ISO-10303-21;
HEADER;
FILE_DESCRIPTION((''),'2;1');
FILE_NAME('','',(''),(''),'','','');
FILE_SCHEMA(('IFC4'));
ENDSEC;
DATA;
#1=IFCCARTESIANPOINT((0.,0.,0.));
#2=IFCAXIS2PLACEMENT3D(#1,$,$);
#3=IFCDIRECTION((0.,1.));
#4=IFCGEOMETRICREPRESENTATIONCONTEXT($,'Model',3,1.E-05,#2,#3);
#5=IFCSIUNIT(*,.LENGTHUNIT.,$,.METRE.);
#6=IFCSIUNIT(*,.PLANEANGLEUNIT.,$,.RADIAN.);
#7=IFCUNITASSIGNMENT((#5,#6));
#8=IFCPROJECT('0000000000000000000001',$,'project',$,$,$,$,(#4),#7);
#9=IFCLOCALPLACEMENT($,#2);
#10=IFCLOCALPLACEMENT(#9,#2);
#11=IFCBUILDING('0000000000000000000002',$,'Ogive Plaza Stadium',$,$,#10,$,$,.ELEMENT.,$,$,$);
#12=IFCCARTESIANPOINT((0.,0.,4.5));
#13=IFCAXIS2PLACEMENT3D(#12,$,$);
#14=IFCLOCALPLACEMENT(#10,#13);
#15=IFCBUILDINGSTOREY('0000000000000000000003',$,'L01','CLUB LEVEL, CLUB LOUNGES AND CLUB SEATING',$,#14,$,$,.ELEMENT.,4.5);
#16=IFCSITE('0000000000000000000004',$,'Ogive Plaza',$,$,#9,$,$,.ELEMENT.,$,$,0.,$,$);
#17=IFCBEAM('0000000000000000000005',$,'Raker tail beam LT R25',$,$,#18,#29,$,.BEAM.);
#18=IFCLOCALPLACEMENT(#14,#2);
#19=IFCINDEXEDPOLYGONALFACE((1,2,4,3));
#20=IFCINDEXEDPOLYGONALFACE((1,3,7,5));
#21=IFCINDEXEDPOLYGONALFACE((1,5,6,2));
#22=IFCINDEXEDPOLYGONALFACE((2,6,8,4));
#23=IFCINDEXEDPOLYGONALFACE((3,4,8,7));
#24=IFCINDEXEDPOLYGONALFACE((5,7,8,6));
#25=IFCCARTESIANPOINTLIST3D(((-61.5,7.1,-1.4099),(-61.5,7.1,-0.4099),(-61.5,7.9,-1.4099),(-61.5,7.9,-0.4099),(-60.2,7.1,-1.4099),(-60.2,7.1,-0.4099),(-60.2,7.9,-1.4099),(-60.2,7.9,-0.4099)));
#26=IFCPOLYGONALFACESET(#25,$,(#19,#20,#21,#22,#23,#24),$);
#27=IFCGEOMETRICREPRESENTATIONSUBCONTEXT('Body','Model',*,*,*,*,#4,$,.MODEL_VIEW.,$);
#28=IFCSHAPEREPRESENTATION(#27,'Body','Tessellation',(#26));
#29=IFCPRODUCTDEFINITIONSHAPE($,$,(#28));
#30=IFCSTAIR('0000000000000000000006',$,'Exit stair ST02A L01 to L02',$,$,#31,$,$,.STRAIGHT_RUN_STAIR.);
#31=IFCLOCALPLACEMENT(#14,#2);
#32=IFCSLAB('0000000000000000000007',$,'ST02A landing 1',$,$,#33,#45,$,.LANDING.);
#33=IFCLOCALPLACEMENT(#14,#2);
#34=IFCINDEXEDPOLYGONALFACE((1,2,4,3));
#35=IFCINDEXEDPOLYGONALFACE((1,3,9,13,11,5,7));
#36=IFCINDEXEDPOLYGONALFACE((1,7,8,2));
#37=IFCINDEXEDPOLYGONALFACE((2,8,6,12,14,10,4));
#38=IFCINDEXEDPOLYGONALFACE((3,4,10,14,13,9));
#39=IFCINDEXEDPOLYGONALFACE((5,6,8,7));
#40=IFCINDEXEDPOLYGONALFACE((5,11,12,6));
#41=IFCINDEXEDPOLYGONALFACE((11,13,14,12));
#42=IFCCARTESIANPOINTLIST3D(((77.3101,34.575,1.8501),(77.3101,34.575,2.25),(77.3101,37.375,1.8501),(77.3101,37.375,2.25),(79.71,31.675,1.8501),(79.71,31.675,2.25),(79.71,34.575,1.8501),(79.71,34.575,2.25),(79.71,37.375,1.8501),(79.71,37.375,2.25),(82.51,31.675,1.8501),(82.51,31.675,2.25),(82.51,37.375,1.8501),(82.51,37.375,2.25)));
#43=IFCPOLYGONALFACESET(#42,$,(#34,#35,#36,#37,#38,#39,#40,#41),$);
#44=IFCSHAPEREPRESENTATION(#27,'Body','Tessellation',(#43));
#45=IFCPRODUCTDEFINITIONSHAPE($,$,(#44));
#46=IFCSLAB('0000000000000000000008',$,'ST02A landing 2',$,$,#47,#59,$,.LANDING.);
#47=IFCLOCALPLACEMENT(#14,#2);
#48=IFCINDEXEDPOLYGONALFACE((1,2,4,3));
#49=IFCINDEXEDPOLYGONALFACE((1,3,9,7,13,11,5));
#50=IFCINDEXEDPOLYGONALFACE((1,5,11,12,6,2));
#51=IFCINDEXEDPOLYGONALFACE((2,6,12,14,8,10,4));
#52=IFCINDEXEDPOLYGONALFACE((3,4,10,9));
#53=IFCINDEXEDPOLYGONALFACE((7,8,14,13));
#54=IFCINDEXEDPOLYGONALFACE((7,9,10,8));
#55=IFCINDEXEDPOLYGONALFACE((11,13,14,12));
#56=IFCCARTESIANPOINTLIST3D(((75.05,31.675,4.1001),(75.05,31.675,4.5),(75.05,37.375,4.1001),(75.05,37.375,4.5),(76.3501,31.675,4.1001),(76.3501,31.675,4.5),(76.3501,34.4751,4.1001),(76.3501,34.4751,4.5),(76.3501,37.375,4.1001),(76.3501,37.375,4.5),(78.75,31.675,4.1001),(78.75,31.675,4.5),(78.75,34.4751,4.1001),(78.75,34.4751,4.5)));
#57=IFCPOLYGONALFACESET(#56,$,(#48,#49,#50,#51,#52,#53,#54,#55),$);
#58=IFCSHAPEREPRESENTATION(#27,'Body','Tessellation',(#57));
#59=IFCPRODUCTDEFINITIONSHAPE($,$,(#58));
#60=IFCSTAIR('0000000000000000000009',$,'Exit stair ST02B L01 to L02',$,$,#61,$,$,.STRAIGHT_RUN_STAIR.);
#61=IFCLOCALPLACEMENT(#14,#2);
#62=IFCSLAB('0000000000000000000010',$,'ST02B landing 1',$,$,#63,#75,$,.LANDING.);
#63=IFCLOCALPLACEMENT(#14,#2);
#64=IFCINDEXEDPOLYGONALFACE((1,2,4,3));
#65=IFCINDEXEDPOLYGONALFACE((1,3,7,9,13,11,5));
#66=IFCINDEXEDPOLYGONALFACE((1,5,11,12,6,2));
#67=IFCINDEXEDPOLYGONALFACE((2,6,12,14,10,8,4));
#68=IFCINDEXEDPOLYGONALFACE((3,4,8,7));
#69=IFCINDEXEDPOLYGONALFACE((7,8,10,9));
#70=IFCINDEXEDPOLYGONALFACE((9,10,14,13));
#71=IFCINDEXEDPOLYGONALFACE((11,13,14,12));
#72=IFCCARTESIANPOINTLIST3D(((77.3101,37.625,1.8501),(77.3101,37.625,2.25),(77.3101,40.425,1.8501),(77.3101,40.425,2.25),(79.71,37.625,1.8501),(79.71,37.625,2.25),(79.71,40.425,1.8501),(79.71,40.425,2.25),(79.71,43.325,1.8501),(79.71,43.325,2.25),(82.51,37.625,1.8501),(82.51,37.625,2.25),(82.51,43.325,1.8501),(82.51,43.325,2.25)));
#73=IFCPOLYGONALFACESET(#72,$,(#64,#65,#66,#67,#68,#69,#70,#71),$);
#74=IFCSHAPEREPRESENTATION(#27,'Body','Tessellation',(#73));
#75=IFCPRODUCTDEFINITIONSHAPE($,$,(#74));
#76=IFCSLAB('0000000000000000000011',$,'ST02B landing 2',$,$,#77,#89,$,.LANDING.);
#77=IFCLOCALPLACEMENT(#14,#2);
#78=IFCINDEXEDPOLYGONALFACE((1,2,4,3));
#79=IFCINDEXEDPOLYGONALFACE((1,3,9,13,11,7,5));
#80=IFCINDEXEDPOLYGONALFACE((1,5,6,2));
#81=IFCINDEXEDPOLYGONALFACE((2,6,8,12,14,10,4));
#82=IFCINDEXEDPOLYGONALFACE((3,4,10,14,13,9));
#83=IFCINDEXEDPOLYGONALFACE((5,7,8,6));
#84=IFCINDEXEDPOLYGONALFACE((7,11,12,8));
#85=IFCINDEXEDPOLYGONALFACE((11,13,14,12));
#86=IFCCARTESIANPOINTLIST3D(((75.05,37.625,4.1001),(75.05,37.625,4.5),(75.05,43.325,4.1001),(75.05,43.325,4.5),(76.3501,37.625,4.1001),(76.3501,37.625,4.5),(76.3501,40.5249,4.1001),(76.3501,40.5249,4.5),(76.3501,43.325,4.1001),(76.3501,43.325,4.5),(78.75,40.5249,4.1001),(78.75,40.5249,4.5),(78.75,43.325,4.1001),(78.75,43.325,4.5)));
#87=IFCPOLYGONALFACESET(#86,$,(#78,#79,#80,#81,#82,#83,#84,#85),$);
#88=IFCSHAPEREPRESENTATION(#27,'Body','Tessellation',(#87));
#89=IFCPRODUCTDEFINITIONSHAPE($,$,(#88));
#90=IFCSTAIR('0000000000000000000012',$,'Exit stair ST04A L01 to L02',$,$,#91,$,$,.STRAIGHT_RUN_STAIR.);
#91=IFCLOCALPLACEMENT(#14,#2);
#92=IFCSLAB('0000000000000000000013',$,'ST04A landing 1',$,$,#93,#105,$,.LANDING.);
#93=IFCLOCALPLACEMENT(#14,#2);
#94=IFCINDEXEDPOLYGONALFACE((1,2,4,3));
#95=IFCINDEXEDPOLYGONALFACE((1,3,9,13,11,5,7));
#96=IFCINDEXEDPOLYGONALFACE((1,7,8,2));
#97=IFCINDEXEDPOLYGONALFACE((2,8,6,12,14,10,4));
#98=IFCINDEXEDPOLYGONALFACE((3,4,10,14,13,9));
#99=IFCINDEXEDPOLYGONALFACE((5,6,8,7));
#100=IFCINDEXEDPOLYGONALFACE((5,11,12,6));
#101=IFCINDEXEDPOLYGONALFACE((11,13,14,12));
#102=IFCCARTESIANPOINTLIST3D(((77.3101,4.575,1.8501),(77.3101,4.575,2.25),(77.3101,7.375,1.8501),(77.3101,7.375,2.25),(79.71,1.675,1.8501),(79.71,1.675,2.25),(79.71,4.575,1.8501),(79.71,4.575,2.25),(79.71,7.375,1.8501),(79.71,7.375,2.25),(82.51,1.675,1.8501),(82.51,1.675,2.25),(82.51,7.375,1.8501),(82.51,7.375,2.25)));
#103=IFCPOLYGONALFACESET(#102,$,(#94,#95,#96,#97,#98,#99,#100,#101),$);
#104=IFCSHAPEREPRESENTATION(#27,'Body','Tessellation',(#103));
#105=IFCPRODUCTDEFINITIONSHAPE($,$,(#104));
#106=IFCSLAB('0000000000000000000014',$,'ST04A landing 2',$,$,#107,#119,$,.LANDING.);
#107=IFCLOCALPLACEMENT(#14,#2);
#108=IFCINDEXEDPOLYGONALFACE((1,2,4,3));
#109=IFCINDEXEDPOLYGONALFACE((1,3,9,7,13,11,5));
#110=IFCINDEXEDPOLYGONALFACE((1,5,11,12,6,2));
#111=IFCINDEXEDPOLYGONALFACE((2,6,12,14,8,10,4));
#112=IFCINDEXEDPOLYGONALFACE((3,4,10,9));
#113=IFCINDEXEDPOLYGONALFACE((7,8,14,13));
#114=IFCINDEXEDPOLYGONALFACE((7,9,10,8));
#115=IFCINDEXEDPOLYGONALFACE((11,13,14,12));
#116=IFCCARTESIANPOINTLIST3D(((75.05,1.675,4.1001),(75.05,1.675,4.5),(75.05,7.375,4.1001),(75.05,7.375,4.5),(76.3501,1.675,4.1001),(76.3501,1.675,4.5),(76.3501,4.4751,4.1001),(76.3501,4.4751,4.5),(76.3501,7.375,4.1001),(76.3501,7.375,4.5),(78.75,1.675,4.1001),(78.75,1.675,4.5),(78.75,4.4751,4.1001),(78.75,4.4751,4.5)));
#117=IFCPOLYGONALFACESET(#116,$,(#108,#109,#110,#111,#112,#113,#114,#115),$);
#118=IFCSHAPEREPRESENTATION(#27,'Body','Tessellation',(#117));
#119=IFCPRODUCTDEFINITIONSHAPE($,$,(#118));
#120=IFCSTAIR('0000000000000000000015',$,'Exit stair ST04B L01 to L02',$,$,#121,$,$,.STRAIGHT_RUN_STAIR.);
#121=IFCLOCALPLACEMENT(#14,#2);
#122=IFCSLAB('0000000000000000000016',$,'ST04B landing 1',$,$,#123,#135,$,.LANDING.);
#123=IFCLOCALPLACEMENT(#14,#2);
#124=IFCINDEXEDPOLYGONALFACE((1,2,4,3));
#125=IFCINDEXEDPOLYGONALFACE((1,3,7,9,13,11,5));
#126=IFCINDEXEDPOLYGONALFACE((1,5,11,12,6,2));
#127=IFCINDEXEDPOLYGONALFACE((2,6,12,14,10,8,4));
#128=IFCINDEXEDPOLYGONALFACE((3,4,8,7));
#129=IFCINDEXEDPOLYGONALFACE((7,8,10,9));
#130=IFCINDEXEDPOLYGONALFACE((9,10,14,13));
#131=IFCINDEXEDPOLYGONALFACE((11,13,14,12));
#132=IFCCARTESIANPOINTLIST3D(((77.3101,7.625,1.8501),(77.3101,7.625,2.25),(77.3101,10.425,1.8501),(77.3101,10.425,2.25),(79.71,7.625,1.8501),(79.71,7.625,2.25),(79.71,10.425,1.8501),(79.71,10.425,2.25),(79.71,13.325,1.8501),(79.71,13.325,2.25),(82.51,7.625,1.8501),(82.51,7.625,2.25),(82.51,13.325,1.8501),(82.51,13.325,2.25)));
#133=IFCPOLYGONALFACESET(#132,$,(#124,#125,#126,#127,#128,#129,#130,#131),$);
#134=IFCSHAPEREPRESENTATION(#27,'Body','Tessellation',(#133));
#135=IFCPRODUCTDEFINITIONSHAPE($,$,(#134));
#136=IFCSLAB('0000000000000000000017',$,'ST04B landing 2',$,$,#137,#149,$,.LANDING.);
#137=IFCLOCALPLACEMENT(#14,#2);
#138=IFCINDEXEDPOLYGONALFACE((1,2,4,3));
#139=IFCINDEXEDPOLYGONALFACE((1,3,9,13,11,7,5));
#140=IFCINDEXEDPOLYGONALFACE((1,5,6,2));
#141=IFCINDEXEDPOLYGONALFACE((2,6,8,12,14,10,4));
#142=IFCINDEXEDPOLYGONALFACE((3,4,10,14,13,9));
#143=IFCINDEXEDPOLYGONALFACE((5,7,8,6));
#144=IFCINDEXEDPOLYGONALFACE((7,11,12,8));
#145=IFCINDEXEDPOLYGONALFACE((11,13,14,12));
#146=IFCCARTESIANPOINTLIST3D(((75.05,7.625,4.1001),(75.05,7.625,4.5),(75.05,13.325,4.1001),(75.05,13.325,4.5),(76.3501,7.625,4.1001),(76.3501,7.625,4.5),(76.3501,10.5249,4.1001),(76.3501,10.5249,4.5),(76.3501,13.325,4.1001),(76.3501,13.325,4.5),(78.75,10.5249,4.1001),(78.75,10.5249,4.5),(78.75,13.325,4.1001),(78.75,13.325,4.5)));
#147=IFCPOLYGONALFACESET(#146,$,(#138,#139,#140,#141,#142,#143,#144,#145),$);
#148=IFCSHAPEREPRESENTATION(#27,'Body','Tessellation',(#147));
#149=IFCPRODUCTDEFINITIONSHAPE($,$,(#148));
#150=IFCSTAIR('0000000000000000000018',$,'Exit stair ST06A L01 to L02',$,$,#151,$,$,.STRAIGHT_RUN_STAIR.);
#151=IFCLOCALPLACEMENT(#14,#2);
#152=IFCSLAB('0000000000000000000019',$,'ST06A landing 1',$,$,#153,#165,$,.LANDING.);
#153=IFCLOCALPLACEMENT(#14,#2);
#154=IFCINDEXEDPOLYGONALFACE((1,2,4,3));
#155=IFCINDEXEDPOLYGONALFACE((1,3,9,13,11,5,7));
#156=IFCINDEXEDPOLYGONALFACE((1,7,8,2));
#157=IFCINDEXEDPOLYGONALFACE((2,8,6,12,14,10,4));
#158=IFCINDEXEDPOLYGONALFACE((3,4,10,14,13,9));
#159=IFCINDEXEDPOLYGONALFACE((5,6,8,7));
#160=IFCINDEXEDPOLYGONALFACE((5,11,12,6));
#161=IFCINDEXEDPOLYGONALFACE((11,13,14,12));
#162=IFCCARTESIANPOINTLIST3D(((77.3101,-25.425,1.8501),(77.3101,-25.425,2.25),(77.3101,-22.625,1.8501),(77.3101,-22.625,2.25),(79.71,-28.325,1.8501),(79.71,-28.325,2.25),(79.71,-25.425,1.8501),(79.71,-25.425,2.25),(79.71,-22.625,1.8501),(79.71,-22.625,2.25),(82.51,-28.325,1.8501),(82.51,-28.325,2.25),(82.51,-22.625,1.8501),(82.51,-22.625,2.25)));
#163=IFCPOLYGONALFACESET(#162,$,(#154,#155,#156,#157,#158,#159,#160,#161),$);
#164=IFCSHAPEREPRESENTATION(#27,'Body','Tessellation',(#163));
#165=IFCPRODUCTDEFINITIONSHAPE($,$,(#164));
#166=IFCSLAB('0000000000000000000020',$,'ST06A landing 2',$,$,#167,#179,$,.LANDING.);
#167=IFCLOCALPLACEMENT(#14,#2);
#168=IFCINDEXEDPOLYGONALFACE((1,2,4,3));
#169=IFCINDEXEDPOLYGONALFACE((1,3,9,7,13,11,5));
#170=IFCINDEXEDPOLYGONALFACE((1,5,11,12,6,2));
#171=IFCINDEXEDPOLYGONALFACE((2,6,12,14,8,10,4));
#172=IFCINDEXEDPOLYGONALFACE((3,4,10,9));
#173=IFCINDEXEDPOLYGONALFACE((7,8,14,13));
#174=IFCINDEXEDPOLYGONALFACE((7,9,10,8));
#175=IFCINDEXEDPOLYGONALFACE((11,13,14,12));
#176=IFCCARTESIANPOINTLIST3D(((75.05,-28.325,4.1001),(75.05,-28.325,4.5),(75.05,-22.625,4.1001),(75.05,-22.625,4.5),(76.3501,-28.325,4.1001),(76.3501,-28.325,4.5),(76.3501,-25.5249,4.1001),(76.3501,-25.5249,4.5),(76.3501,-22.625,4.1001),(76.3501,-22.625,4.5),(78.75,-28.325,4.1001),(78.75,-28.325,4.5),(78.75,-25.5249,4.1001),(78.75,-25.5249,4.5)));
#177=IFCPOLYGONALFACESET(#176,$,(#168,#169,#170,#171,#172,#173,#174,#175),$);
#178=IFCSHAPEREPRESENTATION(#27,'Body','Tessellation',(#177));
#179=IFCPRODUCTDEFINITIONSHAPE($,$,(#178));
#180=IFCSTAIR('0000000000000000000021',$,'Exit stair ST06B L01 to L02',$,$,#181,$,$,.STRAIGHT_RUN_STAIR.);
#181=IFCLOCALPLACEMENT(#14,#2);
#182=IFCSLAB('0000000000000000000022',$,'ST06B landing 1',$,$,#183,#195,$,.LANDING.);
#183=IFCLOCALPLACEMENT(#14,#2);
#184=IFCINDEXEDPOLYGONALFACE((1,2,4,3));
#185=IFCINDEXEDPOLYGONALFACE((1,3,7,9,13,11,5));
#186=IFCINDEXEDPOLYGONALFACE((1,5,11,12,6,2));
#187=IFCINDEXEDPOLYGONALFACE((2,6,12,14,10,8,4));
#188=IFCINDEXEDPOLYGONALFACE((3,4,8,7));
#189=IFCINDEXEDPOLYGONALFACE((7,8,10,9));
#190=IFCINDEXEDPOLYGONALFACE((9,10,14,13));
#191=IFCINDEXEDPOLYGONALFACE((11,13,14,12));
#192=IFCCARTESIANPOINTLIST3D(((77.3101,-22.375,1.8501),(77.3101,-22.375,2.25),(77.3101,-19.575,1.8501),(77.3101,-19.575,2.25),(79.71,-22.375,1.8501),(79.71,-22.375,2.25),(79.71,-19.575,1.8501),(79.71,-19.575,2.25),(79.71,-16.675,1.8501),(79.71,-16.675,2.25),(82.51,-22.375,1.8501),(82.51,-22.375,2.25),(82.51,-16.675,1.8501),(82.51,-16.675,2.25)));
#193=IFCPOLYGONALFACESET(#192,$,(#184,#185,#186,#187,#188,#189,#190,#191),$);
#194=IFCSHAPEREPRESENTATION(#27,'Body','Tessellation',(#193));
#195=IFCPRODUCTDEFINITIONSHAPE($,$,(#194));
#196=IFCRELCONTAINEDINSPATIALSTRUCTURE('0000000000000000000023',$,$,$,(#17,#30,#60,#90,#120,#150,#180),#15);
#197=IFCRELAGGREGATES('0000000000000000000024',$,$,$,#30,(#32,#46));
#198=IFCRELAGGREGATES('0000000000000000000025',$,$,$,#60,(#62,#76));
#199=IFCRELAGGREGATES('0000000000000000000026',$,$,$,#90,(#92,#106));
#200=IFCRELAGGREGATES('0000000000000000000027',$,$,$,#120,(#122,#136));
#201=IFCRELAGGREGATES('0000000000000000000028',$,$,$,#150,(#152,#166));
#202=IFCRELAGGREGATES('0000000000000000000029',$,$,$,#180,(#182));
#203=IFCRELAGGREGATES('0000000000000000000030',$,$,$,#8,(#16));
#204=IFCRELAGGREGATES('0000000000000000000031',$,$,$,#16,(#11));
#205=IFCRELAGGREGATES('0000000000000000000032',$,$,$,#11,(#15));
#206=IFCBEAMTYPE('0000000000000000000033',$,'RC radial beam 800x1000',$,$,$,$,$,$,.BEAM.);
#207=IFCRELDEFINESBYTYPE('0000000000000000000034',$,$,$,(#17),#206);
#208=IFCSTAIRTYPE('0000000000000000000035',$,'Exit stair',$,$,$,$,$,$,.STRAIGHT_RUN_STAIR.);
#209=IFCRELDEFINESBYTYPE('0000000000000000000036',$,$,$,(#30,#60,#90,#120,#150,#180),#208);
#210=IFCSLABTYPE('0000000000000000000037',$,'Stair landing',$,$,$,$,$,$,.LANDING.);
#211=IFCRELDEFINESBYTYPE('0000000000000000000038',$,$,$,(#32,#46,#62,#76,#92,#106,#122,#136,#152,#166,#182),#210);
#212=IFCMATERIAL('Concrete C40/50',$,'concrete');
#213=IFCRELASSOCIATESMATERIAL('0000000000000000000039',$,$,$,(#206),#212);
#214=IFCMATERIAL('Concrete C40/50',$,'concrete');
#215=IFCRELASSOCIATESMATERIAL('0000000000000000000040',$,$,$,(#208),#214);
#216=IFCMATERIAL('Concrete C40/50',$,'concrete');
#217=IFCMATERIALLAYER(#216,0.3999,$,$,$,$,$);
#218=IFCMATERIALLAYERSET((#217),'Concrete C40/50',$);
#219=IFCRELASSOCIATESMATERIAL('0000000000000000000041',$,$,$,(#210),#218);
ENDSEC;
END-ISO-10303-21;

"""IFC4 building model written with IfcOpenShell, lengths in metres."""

from ifc_helpers import new_model, si_unit, direction, frame, origin, origin_2d, place, context, subcontext, project, spatial, polyline, rectangle, outline, extrude, material, layer, layer_set, material_profile, profile_set, type_object, element, aggregate, save


model = new_model("IFC4")

# Units and contexts
model_context = context("Model", 3, precision=1e-05, world=origin(), true_north=direction((0.0, 1.0)))
body_context = subcontext(model_context, "Body", "Model", "MODEL_VIEW")
ifc_project = project(units=[si_unit("LENGTHUNIT", "METRE"), si_unit("PLANEANGLEUNIT", "RADIAN")], contexts=[model_context])

# Site, building, storey
site_placement = place(None, origin())
site = spatial("IfcSite", under=ifc_project, at=site_placement, Name="Ogive Plaza", CompositionType="ELEMENT", RefElevation=0.0)
building_placement = place(site_placement, origin())
building = spatial("IfcBuilding", under=site, at=building_placement, Name="Ogive Plaza Stadium", CompositionType="ELEMENT")
storey_placement = place(building_placement, frame((0.0, 0.0, 4.5)))
storey = spatial("IfcBuildingStorey", under=building, at=storey_placement, Name="L01", Description="CLUB LEVEL, CLUB LOUNGES AND CLUB SEATING", CompositionType="ELEMENT", Elevation=4.5)

# Beam
ifc_material_1 = material(Name="Concrete C40/50", Category="concrete")
ifc_material_profile = material_profile(ifc_material_1, rectangle(XDim=0.8, YDim=1.0, at=origin_2d()), Name="RC 800x1000")
ifc_profile_set = profile_set([ifc_material_profile], Name="Concrete C40/50")
beam_type = type_object("IfcBeamType", Name="RC radial beam 800x1000", PredefinedType="BEAM", material=ifc_profile_set)
beam_placement = place(storey_placement, frame((-60.2, 7.5, -0.9099), z_axis=(-1.0, 0.0, 0.0), x_axis=(0.0, -1.0, 0.0)))
element("IfcBeam", 1, at=beam_placement, inside=storey, type_object=beam_type, Name="Raker tail beam LT R25", PredefinedType="BEAM", context=body_context, shape_type="SweptSolid", body=[
    extrude(rectangle(XDim=0.8, YDim=1.0, at=origin_2d()), origin(), (0.0, 0.0, 1.0), 1.3),
])

# Stairs, slabs
ifc_material_2 = material(Name="Concrete C40/50", Category="concrete")
stair_type = type_object("IfcStairType", Name="Exit stair", PredefinedType="STRAIGHT_RUN_STAIR", material=ifc_material_2)
stair_1_placement = place(storey_placement, origin())
stair_1 = element("IfcStair", 2, at=stair_1_placement, inside=storey, type_object=stair_type, Name="Exit stair ST02A L01 to L02", PredefinedType="STRAIGHT_RUN_STAIR")
ifc_material_3 = material(Name="Concrete C40/50", Category="concrete")
ifc_layer_1 = layer(ifc_material_3, 0.3999)
ifc_layer_set_1 = layer_set([ifc_layer_1], Name="Concrete C40/50")
slab_type = type_object("IfcSlabType", Name="Stair landing", PredefinedType="LANDING", material=ifc_layer_set_1)
slab_1_placement = place(storey_placement, frame((0.0, 0.0, 1.8501)))
slab_1 = element("IfcSlab", 3, at=slab_1_placement, type_object=slab_type, Name="ST02A landing 1", PredefinedType="LANDING", context=body_context, shape_type="SweptSolid", body=[
    extrude(outline(polyline([(82.51, 37.375), (82.51, 31.675), (79.71, 31.675), (79.71, 34.575), (77.3101, 34.575), (77.3101, 37.375), (79.71, 37.375), (82.51, 37.375)])), origin(), (0.0, 0.0, 1.0), 0.3999),
])
slab_2_placement = place(storey_placement, frame((0.0, 0.0, 4.1001)))
slab_2 = element("IfcSlab", 4, at=slab_2_placement, type_object=slab_type, Name="ST02A landing 2", PredefinedType="LANDING", context=body_context, shape_type="SweptSolid", body=[
    extrude(outline(polyline([(78.75, 34.4751), (78.75, 31.675), (76.3501, 31.675), (75.05, 31.675), (75.05, 37.375), (76.3501, 37.375), (76.3501, 34.4751), (78.75, 34.4751)])), origin(), (0.0, 0.0, 1.0), 0.3999),
])
aggregate(stair_1, [slab_1, slab_2])
stair_2_placement = place(storey_placement, origin())
stair_2 = element("IfcStair", 5, at=stair_2_placement, inside=storey, type_object=stair_type, Name="Exit stair ST02B L01 to L02", PredefinedType="STRAIGHT_RUN_STAIR")
slab_3_placement = place(storey_placement, frame((0.0, 0.0, 1.8501)))
slab_3 = element("IfcSlab", 6, at=slab_3_placement, type_object=slab_type, Name="ST02B landing 1", PredefinedType="LANDING", context=body_context, shape_type="SweptSolid", body=[
    extrude(outline(polyline([(77.3101, 37.625), (77.3101, 40.425), (79.71, 40.425), (79.71, 43.325), (82.51, 43.325), (82.51, 37.625), (79.71, 37.625), (77.3101, 37.625)])), origin(), (0.0, 0.0, 1.0), 0.3999),
])
slab_4_placement = place(storey_placement, frame((0.0, 0.0, 4.1001)))
slab_4 = element("IfcSlab", 7, at=slab_4_placement, type_object=slab_type, Name="ST02B landing 2", PredefinedType="LANDING", context=body_context, shape_type="SweptSolid", body=[
    extrude(outline(polyline([(76.3501, 37.625), (75.05, 37.625), (75.05, 43.325), (76.3501, 43.325), (78.75, 43.325), (78.75, 40.5249), (76.3501, 40.5249), (76.3501, 37.625)])), origin(), (0.0, 0.0, 1.0), 0.3999),
])
aggregate(stair_2, [slab_3, slab_4])
stair_3_placement = place(storey_placement, origin())
stair_3 = element("IfcStair", 8, at=stair_3_placement, inside=storey, type_object=stair_type, Name="Exit stair ST04A L01 to L02", PredefinedType="STRAIGHT_RUN_STAIR")
slab_5_placement = place(storey_placement, frame((0.0, 0.0, 1.8501)))
slab_5 = element("IfcSlab", 9, at=slab_5_placement, type_object=slab_type, Name="ST04A landing 1", PredefinedType="LANDING", context=body_context, shape_type="SweptSolid", body=[
    extrude(outline(polyline([(82.51, 7.375), (82.51, 1.675), (79.71, 1.675), (79.71, 4.575), (77.3101, 4.575), (77.3101, 7.375), (79.71, 7.375), (82.51, 7.375)])), origin(), (0.0, 0.0, 1.0), 0.3999),
])
slab_6_placement = place(storey_placement, frame((0.0, 0.0, 4.1001)))
slab_6 = element("IfcSlab", 10, at=slab_6_placement, type_object=slab_type, Name="ST04A landing 2", PredefinedType="LANDING", context=body_context, shape_type="SweptSolid", body=[
    extrude(outline(polyline([(78.75, 4.4751), (78.75, 1.675), (76.3501, 1.675), (75.05, 1.675), (75.05, 7.375), (76.3501, 7.375), (76.3501, 4.4751), (78.75, 4.4751)])), origin(), (0.0, 0.0, 1.0), 0.3999),
])
aggregate(stair_3, [slab_5, slab_6])
stair_4_placement = place(storey_placement, origin())
stair_4 = element("IfcStair", 11, at=stair_4_placement, inside=storey, type_object=stair_type, Name="Exit stair ST04B L01 to L02", PredefinedType="STRAIGHT_RUN_STAIR")
slab_7_placement = place(storey_placement, frame((0.0, 0.0, 1.8501)))
slab_7 = element("IfcSlab", 12, at=slab_7_placement, type_object=slab_type, Name="ST04B landing 1", PredefinedType="LANDING", context=body_context, shape_type="SweptSolid", body=[
    extrude(outline(polyline([(77.3101, 7.625), (77.3101, 10.425), (79.71, 10.425), (79.71, 13.325), (82.51, 13.325), (82.51, 7.625), (79.71, 7.625), (77.3101, 7.625)])), origin(), (0.0, 0.0, 1.0), 0.3999),
])
slab_8_placement = place(storey_placement, frame((0.0, 0.0, 4.1001)))
slab_8 = element("IfcSlab", 13, at=slab_8_placement, type_object=slab_type, Name="ST04B landing 2", PredefinedType="LANDING", context=body_context, shape_type="SweptSolid", body=[
    extrude(outline(polyline([(76.3501, 7.625), (75.05, 7.625), (75.05, 13.325), (76.3501, 13.325), (78.75, 13.325), (78.75, 10.5249), (76.3501, 10.5249), (76.3501, 7.625)])), origin(), (0.0, 0.0, 1.0), 0.3999),
])
aggregate(stair_4, [slab_7, slab_8])
stair_5_placement = place(storey_placement, origin())
stair_5 = element("IfcStair", 14, at=stair_5_placement, inside=storey, type_object=stair_type, Name="Exit stair ST06A L01 to L02", PredefinedType="STRAIGHT_RUN_STAIR")
slab_9_placement = place(storey_placement, frame((0.0, 0.0, 1.8501)))
slab_9 = element("IfcSlab", 15, at=slab_9_placement, type_object=slab_type, Name="ST06A landing 1", PredefinedType="LANDING", context=body_context, shape_type="SweptSolid", body=[
    extrude(outline(polyline([(82.51, -22.625), (82.51, -28.325), (79.71, -28.325), (79.71, -25.425), (77.3101, -25.425), (77.3101, -22.625), (79.71, -22.625), (82.51, -22.625)])), origin(), (0.0, 0.0, 1.0), 0.3999),
])
slab_10_placement = place(storey_placement, frame((0.0, 0.0, 4.1001)))
slab_10 = element("IfcSlab", 16, at=slab_10_placement, type_object=slab_type, Name="ST06A landing 2", PredefinedType="LANDING", context=body_context, shape_type="SweptSolid", body=[
    extrude(outline(polyline([(78.75, -25.5249), (78.75, -28.325), (76.3501, -28.325), (75.05, -28.325), (75.05, -22.625), (76.3501, -22.625), (76.3501, -25.5249), (78.75, -25.5249)])), origin(), (0.0, 0.0, 1.0), 0.3999),
])
aggregate(stair_5, [slab_9, slab_10])
stair_6_placement = place(storey_placement, origin())
stair_6 = element("IfcStair", 17, at=stair_6_placement, inside=storey, type_object=stair_type, Name="Exit stair ST06B L01 to L02", PredefinedType="STRAIGHT_RUN_STAIR")
slab_11_placement = place(storey_placement, frame((0.0, 0.0, 1.8501)))
slab_11 = element("IfcSlab", 18, at=slab_11_placement, type_object=slab_type, Name="ST06B landing 1", PredefinedType="LANDING", context=body_context, shape_type="SweptSolid", body=[
    extrude(outline(polyline([(77.3101, -22.375), (77.3101, -19.575), (79.71, -19.575), (79.71, -16.675), (82.51, -16.675), (82.51, -22.375), (79.71, -22.375), (77.3101, -22.375)])), origin(), (0.0, 0.0, 1.0), 0.3999),
])
aggregate(stair_6, [slab_11])

save(model, "model.ifc")
